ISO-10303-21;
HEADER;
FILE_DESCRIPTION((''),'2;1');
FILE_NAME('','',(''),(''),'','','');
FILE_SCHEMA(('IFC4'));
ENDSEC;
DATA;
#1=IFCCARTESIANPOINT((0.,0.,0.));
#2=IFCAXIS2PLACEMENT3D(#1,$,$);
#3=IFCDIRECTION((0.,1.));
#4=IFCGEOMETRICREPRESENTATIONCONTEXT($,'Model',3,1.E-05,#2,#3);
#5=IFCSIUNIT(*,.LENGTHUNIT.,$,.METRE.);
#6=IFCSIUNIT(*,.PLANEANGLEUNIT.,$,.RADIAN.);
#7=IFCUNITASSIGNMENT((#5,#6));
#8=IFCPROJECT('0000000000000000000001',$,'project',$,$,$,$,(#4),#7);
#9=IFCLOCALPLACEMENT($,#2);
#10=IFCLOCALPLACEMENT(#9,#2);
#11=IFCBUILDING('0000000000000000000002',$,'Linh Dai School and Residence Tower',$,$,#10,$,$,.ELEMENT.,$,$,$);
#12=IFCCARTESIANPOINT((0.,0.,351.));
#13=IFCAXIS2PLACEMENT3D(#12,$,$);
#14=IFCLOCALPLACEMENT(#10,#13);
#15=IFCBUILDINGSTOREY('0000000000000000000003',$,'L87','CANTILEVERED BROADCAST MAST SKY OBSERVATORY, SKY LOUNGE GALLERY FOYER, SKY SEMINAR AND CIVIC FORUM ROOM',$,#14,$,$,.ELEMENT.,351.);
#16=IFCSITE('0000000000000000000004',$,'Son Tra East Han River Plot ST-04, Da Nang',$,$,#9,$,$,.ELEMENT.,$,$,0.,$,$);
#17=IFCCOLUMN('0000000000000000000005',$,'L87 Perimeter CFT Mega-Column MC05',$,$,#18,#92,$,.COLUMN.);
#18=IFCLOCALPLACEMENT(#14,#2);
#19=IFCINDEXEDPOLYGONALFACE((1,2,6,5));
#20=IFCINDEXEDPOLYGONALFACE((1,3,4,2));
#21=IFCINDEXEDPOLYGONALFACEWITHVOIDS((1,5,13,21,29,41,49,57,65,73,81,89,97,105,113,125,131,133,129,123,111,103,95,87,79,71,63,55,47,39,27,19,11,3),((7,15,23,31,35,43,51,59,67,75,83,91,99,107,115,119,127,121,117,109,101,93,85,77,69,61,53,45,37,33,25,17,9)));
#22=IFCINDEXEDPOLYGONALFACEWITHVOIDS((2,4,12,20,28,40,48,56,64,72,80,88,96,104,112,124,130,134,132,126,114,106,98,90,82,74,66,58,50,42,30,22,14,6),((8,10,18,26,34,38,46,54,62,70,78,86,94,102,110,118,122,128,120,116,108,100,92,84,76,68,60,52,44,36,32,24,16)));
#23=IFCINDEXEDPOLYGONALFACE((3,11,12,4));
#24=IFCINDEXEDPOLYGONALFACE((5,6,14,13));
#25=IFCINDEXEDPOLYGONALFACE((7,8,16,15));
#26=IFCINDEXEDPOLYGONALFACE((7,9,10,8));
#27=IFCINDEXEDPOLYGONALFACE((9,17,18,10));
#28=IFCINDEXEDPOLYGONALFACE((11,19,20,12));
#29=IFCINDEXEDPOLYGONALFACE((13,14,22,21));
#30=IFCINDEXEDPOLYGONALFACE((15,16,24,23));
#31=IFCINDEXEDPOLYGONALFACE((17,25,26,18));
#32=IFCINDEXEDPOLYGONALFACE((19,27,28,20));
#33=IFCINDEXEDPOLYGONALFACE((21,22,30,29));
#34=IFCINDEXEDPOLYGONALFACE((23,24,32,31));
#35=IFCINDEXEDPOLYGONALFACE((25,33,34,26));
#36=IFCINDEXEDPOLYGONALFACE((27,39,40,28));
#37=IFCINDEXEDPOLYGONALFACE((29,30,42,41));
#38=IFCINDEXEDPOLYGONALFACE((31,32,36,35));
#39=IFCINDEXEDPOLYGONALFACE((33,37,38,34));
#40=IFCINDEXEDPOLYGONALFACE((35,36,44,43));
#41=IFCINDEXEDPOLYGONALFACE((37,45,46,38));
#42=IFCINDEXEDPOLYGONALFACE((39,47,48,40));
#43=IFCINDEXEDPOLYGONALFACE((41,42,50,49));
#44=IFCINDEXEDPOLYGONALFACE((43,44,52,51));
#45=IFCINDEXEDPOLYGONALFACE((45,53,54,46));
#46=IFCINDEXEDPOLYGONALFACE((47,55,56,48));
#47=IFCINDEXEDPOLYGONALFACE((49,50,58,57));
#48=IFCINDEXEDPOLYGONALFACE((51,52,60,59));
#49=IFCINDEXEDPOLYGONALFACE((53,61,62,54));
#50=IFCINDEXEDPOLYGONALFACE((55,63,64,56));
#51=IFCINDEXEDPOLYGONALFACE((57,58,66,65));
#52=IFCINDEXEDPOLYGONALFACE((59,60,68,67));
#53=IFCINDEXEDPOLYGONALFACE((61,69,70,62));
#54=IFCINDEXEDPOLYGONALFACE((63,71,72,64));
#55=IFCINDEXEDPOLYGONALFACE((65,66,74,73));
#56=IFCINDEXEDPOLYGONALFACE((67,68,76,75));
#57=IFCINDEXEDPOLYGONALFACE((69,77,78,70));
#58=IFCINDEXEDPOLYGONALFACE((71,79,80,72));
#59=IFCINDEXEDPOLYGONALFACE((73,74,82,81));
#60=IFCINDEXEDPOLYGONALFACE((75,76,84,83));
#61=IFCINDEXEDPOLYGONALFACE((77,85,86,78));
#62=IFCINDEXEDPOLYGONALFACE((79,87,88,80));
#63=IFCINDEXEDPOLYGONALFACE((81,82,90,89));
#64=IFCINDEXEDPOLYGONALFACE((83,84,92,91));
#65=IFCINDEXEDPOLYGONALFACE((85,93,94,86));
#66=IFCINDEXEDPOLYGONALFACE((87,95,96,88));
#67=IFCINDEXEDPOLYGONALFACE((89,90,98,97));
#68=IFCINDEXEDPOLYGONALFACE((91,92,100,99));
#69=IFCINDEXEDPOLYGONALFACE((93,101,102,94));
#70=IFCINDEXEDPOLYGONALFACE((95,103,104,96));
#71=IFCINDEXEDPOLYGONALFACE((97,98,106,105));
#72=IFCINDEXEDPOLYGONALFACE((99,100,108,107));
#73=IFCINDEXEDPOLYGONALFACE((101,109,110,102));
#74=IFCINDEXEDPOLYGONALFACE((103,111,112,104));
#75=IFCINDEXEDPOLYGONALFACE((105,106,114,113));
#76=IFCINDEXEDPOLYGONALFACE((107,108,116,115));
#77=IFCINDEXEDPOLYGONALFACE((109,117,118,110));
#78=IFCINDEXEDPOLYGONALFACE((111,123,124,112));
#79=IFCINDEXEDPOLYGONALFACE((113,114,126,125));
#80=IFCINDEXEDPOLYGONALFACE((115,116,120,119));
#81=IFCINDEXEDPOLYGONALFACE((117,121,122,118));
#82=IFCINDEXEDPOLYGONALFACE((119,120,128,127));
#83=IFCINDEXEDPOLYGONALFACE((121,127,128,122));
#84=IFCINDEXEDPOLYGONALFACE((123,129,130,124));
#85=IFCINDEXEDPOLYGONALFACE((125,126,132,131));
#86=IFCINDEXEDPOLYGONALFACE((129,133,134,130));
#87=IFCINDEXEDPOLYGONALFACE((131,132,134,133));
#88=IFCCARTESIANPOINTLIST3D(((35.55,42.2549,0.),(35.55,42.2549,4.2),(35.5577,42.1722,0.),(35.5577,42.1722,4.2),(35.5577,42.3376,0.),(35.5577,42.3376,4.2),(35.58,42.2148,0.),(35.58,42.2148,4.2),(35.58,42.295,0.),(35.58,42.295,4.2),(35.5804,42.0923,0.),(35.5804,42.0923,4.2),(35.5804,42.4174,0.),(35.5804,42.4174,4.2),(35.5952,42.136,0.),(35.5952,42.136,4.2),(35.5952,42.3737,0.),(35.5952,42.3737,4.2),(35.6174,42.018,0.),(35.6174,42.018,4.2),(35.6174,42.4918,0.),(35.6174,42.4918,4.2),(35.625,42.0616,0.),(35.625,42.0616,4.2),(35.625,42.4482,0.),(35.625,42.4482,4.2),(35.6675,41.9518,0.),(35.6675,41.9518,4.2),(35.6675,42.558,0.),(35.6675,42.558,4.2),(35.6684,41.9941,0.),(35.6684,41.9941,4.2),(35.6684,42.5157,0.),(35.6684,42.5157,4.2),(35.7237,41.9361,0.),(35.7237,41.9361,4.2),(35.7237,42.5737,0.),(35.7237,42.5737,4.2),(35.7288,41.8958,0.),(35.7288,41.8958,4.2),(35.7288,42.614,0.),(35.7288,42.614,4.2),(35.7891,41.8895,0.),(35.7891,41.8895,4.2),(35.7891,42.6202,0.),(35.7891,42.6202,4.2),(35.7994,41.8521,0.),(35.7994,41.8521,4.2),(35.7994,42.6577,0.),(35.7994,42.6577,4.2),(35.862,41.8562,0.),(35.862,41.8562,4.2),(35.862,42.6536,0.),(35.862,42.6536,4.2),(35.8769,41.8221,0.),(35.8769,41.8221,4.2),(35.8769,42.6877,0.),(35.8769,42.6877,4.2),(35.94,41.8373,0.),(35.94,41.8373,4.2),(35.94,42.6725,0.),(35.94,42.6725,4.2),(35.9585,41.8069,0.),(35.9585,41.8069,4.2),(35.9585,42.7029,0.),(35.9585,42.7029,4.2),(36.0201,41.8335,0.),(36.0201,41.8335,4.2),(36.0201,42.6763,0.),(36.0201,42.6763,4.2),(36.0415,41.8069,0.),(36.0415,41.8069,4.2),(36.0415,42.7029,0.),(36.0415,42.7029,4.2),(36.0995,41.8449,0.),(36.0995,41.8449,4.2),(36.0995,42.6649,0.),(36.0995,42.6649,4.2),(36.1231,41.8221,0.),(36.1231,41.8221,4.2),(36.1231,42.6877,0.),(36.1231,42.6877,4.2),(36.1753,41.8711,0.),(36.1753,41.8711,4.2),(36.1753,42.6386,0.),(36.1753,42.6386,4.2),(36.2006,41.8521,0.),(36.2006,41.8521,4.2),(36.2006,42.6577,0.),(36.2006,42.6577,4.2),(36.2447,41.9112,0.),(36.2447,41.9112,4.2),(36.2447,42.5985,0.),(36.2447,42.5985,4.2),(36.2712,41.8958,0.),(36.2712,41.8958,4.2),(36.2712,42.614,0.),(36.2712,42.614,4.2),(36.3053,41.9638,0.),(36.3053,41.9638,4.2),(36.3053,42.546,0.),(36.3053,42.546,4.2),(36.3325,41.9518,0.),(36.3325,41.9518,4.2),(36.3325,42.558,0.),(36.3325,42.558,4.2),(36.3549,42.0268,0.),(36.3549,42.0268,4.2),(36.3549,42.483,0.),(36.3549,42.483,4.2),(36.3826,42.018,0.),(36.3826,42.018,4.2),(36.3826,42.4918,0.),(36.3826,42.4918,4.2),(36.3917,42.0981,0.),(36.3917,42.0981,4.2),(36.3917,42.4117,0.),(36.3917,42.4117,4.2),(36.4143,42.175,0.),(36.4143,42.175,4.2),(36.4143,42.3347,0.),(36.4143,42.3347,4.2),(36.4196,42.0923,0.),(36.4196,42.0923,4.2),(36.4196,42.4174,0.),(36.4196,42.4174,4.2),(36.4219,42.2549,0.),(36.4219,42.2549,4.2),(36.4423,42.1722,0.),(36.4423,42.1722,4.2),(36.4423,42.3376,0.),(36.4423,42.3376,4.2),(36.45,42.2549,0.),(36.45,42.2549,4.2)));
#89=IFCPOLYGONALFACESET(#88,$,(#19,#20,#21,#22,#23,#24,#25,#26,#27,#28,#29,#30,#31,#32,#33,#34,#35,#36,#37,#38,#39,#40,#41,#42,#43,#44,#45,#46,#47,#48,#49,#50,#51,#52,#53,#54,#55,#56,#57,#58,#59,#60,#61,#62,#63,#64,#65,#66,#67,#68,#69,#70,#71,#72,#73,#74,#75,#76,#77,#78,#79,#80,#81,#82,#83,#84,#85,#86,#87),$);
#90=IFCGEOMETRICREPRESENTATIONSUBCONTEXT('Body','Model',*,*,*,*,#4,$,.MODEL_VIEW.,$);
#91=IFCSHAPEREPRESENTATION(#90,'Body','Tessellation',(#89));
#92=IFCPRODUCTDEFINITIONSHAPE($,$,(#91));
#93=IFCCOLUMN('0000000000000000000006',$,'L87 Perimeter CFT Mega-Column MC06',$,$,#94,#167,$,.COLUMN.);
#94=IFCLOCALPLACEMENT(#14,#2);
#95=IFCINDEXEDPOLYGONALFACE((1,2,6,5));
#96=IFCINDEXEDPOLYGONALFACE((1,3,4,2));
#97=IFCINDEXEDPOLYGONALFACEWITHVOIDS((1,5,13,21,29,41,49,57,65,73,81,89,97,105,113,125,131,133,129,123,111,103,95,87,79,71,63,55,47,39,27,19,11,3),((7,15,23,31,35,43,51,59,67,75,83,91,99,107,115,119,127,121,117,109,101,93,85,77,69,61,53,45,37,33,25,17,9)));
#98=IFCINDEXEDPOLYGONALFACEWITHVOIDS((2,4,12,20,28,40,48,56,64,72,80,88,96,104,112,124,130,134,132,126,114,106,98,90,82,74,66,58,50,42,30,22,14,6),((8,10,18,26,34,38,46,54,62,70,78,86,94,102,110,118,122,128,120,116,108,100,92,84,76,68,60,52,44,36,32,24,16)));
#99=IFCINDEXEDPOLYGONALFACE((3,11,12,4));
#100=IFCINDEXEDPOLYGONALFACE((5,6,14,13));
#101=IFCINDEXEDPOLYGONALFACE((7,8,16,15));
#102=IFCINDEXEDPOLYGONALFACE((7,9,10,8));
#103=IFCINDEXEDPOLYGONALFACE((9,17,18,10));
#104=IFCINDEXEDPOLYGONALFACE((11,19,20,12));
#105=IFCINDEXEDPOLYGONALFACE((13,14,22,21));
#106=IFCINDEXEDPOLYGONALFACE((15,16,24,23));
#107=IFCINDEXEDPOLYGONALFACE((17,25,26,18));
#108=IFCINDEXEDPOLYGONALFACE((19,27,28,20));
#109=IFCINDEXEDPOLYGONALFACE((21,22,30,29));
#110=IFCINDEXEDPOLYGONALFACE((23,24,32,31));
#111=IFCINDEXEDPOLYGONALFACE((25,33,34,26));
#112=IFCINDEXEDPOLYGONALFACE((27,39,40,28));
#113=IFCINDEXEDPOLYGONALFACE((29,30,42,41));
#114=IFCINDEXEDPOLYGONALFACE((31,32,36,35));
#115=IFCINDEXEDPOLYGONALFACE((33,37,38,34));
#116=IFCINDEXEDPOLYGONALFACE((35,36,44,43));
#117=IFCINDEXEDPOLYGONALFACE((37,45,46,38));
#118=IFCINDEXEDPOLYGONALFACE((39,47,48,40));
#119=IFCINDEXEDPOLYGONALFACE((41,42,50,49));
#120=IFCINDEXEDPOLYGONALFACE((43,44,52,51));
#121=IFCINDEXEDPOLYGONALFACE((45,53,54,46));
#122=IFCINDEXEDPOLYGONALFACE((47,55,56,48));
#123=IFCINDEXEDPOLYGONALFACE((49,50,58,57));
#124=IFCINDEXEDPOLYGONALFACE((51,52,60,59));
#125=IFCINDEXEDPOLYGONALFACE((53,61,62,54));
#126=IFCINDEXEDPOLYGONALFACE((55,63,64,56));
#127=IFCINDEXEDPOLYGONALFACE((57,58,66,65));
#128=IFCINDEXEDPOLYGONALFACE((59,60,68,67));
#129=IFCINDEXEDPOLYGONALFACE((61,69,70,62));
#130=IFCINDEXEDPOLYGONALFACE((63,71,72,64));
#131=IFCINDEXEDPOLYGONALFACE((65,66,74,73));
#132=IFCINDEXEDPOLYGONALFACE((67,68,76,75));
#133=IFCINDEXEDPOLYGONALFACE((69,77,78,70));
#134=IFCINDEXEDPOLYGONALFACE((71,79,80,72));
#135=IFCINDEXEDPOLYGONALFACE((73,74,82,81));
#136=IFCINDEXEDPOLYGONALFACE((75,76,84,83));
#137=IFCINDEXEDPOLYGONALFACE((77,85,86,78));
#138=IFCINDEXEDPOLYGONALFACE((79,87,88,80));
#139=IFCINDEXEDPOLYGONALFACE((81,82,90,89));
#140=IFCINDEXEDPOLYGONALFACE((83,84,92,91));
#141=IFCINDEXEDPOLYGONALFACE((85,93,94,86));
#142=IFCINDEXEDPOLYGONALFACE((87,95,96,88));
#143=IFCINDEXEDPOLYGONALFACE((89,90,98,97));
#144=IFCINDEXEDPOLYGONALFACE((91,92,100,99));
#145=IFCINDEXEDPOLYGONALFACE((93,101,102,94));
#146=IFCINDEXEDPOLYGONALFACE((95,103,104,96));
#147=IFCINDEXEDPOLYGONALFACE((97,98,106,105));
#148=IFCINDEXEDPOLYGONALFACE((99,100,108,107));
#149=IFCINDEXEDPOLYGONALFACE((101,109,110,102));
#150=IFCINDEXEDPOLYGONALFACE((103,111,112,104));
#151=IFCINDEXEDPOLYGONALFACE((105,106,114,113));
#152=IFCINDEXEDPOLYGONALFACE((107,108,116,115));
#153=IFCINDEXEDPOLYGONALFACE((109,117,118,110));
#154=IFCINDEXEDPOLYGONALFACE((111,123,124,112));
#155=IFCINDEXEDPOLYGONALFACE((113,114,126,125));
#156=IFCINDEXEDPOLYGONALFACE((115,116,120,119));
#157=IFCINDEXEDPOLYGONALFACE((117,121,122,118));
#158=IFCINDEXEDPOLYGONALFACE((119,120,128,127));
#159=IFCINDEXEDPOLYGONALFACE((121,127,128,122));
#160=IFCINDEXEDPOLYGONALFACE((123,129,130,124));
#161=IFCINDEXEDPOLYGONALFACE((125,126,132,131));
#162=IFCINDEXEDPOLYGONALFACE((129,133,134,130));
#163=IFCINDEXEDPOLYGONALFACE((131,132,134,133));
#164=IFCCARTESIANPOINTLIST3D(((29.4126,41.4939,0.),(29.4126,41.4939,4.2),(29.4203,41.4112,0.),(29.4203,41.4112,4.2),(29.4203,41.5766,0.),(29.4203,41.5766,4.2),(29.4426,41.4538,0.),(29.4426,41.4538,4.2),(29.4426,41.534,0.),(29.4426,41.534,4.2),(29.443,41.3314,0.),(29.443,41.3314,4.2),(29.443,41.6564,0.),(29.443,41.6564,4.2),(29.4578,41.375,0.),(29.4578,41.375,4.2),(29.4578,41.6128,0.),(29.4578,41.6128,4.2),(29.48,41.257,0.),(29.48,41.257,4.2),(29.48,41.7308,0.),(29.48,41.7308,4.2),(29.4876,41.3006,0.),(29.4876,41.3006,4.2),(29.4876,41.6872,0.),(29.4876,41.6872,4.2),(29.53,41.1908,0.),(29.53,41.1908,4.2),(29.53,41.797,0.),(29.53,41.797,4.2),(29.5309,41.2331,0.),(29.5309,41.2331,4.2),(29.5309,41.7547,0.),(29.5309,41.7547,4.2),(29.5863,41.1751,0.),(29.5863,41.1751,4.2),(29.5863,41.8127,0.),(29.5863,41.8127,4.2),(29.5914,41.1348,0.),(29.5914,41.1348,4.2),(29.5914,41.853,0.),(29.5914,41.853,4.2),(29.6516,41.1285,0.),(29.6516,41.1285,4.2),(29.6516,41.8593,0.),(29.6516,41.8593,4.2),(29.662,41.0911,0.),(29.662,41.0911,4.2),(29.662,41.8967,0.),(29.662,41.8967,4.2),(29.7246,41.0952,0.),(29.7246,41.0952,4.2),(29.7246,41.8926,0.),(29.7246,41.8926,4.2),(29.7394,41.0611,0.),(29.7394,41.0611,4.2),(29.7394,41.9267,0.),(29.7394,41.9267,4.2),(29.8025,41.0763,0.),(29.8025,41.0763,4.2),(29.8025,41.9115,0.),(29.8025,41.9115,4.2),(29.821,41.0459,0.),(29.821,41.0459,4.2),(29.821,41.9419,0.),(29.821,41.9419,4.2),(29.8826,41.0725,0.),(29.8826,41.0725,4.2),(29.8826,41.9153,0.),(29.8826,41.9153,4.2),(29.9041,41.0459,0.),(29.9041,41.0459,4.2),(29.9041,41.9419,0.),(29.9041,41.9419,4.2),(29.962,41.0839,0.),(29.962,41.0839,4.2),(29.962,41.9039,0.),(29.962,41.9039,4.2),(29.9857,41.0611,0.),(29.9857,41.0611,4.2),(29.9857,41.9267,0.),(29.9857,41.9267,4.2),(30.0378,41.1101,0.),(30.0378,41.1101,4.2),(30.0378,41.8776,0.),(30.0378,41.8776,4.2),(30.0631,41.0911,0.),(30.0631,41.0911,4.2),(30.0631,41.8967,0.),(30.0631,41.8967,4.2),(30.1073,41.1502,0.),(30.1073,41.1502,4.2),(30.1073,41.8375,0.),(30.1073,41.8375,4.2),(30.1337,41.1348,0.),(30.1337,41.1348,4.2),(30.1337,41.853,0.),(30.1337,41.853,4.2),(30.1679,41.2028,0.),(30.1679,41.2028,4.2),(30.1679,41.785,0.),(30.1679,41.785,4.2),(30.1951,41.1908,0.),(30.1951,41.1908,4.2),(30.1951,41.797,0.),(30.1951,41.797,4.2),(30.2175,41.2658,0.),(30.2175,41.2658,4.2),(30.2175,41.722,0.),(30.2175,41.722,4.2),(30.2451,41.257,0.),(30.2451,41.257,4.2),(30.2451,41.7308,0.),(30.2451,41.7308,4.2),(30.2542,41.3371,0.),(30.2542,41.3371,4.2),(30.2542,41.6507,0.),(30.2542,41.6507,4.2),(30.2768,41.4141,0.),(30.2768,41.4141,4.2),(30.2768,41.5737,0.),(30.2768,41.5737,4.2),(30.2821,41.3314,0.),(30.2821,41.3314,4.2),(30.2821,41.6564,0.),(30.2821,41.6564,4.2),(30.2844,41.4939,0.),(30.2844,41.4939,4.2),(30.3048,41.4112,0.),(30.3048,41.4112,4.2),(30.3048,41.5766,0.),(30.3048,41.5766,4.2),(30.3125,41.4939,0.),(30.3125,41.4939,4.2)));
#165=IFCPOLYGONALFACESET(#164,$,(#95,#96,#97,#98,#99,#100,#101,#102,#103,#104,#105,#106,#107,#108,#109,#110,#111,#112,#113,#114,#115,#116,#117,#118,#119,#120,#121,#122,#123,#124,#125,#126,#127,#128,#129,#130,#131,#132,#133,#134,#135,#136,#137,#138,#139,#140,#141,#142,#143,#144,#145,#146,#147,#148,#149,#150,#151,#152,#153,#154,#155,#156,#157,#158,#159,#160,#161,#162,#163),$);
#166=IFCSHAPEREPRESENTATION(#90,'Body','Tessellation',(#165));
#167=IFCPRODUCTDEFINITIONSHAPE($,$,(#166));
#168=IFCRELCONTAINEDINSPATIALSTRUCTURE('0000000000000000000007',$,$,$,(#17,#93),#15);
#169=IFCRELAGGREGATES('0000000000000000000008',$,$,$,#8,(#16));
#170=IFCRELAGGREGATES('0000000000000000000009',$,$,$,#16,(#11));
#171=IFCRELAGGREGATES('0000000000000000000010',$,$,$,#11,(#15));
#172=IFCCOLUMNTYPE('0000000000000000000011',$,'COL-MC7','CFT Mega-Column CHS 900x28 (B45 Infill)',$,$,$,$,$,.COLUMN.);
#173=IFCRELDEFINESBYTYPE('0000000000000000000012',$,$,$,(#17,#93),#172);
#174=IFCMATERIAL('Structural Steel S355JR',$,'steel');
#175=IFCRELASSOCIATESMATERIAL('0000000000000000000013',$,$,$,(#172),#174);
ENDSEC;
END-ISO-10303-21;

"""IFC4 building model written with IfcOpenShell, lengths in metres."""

from ifc_helpers import new_model, si_unit, direction, frame, origin, origin_2d, place, context, subcontext, project, spatial, hollow_circle, extrude, material, material_profile, profile_set, type_object, element, save


model = new_model("IFC4")

# Units and contexts
model_context = context("Model", 3, precision=1e-05, world=origin(), true_north=direction((0.0, 1.0)))
body_context = subcontext(model_context, "Body", "Model", "MODEL_VIEW")
ifc_project = project(units=[si_unit("LENGTHUNIT", "METRE"), si_unit("PLANEANGLEUNIT", "RADIAN")], contexts=[model_context])

# Site, building, storey
site_placement = place(None, origin())
site = spatial("IfcSite", under=ifc_project, at=site_placement, Name="Son Tra East Han River Plot ST-04, Da Nang", CompositionType="ELEMENT", RefElevation=0.0)
building_placement = place(site_placement, origin())
building = spatial("IfcBuilding", under=site, at=building_placement, Name="Linh Dai School and Residence Tower", CompositionType="ELEMENT")
storey_placement = place(building_placement, frame((0.0, 0.0, 351.0)))
storey = spatial("IfcBuildingStorey", under=building, at=storey_placement, Name="L87", Description="CANTILEVERED BROADCAST MAST SKY OBSERVATORY, SKY LOUNGE GALLERY FOYER, SKY SEMINAR AND CIVIC FORUM ROOM", CompositionType="ELEMENT", Elevation=351.0)

# Columns
ifc_material_1 = material(Name="Structural Steel S355JR", Category="steel")
ifc_material_profile_1 = material_profile(ifc_material_1, hollow_circle(Radius=0.45, WallThickness=0.0281, at=origin_2d()), Name="CHS 900x28")
ifc_profile_set_1 = profile_set([ifc_material_profile_1], Name="Structural Steel S355JR")
column_type_1 = type_object("IfcColumnType", Name="COL-MC7", Description="CFT Mega-Column CHS 900x28 (B45 Infill)", PredefinedType="COLUMN", material=ifc_profile_set_1)
for number, where, z_axis, x_axis, name in (
    (1, (36.0, 42.2549, 0.0), (0.0, 0.0, 1.0), (1.0, 0.0, 0.0), "L87 Perimeter CFT Mega-Column MC05"),
    (2, (29.8625, 41.4939, 0.0), (0.0, 0.0, 1.0), (1.0, 0.0, 0.0), "L87 Perimeter CFT Mega-Column MC06"),
):
    element("IfcColumn", number, at=place(storey_placement, frame(where, z_axis=z_axis, x_axis=x_axis)), inside=storey, type_object=column_type_1, Name=name, PredefinedType="COLUMN", context=body_context, shape_type="SweptSolid", body=[
        extrude(hollow_circle(Radius=0.45, WallThickness=0.0281, at=origin_2d()), origin(), (0.0, 0.0, 1.0), 4.2),
    ])

save(model, "model.ifc")
